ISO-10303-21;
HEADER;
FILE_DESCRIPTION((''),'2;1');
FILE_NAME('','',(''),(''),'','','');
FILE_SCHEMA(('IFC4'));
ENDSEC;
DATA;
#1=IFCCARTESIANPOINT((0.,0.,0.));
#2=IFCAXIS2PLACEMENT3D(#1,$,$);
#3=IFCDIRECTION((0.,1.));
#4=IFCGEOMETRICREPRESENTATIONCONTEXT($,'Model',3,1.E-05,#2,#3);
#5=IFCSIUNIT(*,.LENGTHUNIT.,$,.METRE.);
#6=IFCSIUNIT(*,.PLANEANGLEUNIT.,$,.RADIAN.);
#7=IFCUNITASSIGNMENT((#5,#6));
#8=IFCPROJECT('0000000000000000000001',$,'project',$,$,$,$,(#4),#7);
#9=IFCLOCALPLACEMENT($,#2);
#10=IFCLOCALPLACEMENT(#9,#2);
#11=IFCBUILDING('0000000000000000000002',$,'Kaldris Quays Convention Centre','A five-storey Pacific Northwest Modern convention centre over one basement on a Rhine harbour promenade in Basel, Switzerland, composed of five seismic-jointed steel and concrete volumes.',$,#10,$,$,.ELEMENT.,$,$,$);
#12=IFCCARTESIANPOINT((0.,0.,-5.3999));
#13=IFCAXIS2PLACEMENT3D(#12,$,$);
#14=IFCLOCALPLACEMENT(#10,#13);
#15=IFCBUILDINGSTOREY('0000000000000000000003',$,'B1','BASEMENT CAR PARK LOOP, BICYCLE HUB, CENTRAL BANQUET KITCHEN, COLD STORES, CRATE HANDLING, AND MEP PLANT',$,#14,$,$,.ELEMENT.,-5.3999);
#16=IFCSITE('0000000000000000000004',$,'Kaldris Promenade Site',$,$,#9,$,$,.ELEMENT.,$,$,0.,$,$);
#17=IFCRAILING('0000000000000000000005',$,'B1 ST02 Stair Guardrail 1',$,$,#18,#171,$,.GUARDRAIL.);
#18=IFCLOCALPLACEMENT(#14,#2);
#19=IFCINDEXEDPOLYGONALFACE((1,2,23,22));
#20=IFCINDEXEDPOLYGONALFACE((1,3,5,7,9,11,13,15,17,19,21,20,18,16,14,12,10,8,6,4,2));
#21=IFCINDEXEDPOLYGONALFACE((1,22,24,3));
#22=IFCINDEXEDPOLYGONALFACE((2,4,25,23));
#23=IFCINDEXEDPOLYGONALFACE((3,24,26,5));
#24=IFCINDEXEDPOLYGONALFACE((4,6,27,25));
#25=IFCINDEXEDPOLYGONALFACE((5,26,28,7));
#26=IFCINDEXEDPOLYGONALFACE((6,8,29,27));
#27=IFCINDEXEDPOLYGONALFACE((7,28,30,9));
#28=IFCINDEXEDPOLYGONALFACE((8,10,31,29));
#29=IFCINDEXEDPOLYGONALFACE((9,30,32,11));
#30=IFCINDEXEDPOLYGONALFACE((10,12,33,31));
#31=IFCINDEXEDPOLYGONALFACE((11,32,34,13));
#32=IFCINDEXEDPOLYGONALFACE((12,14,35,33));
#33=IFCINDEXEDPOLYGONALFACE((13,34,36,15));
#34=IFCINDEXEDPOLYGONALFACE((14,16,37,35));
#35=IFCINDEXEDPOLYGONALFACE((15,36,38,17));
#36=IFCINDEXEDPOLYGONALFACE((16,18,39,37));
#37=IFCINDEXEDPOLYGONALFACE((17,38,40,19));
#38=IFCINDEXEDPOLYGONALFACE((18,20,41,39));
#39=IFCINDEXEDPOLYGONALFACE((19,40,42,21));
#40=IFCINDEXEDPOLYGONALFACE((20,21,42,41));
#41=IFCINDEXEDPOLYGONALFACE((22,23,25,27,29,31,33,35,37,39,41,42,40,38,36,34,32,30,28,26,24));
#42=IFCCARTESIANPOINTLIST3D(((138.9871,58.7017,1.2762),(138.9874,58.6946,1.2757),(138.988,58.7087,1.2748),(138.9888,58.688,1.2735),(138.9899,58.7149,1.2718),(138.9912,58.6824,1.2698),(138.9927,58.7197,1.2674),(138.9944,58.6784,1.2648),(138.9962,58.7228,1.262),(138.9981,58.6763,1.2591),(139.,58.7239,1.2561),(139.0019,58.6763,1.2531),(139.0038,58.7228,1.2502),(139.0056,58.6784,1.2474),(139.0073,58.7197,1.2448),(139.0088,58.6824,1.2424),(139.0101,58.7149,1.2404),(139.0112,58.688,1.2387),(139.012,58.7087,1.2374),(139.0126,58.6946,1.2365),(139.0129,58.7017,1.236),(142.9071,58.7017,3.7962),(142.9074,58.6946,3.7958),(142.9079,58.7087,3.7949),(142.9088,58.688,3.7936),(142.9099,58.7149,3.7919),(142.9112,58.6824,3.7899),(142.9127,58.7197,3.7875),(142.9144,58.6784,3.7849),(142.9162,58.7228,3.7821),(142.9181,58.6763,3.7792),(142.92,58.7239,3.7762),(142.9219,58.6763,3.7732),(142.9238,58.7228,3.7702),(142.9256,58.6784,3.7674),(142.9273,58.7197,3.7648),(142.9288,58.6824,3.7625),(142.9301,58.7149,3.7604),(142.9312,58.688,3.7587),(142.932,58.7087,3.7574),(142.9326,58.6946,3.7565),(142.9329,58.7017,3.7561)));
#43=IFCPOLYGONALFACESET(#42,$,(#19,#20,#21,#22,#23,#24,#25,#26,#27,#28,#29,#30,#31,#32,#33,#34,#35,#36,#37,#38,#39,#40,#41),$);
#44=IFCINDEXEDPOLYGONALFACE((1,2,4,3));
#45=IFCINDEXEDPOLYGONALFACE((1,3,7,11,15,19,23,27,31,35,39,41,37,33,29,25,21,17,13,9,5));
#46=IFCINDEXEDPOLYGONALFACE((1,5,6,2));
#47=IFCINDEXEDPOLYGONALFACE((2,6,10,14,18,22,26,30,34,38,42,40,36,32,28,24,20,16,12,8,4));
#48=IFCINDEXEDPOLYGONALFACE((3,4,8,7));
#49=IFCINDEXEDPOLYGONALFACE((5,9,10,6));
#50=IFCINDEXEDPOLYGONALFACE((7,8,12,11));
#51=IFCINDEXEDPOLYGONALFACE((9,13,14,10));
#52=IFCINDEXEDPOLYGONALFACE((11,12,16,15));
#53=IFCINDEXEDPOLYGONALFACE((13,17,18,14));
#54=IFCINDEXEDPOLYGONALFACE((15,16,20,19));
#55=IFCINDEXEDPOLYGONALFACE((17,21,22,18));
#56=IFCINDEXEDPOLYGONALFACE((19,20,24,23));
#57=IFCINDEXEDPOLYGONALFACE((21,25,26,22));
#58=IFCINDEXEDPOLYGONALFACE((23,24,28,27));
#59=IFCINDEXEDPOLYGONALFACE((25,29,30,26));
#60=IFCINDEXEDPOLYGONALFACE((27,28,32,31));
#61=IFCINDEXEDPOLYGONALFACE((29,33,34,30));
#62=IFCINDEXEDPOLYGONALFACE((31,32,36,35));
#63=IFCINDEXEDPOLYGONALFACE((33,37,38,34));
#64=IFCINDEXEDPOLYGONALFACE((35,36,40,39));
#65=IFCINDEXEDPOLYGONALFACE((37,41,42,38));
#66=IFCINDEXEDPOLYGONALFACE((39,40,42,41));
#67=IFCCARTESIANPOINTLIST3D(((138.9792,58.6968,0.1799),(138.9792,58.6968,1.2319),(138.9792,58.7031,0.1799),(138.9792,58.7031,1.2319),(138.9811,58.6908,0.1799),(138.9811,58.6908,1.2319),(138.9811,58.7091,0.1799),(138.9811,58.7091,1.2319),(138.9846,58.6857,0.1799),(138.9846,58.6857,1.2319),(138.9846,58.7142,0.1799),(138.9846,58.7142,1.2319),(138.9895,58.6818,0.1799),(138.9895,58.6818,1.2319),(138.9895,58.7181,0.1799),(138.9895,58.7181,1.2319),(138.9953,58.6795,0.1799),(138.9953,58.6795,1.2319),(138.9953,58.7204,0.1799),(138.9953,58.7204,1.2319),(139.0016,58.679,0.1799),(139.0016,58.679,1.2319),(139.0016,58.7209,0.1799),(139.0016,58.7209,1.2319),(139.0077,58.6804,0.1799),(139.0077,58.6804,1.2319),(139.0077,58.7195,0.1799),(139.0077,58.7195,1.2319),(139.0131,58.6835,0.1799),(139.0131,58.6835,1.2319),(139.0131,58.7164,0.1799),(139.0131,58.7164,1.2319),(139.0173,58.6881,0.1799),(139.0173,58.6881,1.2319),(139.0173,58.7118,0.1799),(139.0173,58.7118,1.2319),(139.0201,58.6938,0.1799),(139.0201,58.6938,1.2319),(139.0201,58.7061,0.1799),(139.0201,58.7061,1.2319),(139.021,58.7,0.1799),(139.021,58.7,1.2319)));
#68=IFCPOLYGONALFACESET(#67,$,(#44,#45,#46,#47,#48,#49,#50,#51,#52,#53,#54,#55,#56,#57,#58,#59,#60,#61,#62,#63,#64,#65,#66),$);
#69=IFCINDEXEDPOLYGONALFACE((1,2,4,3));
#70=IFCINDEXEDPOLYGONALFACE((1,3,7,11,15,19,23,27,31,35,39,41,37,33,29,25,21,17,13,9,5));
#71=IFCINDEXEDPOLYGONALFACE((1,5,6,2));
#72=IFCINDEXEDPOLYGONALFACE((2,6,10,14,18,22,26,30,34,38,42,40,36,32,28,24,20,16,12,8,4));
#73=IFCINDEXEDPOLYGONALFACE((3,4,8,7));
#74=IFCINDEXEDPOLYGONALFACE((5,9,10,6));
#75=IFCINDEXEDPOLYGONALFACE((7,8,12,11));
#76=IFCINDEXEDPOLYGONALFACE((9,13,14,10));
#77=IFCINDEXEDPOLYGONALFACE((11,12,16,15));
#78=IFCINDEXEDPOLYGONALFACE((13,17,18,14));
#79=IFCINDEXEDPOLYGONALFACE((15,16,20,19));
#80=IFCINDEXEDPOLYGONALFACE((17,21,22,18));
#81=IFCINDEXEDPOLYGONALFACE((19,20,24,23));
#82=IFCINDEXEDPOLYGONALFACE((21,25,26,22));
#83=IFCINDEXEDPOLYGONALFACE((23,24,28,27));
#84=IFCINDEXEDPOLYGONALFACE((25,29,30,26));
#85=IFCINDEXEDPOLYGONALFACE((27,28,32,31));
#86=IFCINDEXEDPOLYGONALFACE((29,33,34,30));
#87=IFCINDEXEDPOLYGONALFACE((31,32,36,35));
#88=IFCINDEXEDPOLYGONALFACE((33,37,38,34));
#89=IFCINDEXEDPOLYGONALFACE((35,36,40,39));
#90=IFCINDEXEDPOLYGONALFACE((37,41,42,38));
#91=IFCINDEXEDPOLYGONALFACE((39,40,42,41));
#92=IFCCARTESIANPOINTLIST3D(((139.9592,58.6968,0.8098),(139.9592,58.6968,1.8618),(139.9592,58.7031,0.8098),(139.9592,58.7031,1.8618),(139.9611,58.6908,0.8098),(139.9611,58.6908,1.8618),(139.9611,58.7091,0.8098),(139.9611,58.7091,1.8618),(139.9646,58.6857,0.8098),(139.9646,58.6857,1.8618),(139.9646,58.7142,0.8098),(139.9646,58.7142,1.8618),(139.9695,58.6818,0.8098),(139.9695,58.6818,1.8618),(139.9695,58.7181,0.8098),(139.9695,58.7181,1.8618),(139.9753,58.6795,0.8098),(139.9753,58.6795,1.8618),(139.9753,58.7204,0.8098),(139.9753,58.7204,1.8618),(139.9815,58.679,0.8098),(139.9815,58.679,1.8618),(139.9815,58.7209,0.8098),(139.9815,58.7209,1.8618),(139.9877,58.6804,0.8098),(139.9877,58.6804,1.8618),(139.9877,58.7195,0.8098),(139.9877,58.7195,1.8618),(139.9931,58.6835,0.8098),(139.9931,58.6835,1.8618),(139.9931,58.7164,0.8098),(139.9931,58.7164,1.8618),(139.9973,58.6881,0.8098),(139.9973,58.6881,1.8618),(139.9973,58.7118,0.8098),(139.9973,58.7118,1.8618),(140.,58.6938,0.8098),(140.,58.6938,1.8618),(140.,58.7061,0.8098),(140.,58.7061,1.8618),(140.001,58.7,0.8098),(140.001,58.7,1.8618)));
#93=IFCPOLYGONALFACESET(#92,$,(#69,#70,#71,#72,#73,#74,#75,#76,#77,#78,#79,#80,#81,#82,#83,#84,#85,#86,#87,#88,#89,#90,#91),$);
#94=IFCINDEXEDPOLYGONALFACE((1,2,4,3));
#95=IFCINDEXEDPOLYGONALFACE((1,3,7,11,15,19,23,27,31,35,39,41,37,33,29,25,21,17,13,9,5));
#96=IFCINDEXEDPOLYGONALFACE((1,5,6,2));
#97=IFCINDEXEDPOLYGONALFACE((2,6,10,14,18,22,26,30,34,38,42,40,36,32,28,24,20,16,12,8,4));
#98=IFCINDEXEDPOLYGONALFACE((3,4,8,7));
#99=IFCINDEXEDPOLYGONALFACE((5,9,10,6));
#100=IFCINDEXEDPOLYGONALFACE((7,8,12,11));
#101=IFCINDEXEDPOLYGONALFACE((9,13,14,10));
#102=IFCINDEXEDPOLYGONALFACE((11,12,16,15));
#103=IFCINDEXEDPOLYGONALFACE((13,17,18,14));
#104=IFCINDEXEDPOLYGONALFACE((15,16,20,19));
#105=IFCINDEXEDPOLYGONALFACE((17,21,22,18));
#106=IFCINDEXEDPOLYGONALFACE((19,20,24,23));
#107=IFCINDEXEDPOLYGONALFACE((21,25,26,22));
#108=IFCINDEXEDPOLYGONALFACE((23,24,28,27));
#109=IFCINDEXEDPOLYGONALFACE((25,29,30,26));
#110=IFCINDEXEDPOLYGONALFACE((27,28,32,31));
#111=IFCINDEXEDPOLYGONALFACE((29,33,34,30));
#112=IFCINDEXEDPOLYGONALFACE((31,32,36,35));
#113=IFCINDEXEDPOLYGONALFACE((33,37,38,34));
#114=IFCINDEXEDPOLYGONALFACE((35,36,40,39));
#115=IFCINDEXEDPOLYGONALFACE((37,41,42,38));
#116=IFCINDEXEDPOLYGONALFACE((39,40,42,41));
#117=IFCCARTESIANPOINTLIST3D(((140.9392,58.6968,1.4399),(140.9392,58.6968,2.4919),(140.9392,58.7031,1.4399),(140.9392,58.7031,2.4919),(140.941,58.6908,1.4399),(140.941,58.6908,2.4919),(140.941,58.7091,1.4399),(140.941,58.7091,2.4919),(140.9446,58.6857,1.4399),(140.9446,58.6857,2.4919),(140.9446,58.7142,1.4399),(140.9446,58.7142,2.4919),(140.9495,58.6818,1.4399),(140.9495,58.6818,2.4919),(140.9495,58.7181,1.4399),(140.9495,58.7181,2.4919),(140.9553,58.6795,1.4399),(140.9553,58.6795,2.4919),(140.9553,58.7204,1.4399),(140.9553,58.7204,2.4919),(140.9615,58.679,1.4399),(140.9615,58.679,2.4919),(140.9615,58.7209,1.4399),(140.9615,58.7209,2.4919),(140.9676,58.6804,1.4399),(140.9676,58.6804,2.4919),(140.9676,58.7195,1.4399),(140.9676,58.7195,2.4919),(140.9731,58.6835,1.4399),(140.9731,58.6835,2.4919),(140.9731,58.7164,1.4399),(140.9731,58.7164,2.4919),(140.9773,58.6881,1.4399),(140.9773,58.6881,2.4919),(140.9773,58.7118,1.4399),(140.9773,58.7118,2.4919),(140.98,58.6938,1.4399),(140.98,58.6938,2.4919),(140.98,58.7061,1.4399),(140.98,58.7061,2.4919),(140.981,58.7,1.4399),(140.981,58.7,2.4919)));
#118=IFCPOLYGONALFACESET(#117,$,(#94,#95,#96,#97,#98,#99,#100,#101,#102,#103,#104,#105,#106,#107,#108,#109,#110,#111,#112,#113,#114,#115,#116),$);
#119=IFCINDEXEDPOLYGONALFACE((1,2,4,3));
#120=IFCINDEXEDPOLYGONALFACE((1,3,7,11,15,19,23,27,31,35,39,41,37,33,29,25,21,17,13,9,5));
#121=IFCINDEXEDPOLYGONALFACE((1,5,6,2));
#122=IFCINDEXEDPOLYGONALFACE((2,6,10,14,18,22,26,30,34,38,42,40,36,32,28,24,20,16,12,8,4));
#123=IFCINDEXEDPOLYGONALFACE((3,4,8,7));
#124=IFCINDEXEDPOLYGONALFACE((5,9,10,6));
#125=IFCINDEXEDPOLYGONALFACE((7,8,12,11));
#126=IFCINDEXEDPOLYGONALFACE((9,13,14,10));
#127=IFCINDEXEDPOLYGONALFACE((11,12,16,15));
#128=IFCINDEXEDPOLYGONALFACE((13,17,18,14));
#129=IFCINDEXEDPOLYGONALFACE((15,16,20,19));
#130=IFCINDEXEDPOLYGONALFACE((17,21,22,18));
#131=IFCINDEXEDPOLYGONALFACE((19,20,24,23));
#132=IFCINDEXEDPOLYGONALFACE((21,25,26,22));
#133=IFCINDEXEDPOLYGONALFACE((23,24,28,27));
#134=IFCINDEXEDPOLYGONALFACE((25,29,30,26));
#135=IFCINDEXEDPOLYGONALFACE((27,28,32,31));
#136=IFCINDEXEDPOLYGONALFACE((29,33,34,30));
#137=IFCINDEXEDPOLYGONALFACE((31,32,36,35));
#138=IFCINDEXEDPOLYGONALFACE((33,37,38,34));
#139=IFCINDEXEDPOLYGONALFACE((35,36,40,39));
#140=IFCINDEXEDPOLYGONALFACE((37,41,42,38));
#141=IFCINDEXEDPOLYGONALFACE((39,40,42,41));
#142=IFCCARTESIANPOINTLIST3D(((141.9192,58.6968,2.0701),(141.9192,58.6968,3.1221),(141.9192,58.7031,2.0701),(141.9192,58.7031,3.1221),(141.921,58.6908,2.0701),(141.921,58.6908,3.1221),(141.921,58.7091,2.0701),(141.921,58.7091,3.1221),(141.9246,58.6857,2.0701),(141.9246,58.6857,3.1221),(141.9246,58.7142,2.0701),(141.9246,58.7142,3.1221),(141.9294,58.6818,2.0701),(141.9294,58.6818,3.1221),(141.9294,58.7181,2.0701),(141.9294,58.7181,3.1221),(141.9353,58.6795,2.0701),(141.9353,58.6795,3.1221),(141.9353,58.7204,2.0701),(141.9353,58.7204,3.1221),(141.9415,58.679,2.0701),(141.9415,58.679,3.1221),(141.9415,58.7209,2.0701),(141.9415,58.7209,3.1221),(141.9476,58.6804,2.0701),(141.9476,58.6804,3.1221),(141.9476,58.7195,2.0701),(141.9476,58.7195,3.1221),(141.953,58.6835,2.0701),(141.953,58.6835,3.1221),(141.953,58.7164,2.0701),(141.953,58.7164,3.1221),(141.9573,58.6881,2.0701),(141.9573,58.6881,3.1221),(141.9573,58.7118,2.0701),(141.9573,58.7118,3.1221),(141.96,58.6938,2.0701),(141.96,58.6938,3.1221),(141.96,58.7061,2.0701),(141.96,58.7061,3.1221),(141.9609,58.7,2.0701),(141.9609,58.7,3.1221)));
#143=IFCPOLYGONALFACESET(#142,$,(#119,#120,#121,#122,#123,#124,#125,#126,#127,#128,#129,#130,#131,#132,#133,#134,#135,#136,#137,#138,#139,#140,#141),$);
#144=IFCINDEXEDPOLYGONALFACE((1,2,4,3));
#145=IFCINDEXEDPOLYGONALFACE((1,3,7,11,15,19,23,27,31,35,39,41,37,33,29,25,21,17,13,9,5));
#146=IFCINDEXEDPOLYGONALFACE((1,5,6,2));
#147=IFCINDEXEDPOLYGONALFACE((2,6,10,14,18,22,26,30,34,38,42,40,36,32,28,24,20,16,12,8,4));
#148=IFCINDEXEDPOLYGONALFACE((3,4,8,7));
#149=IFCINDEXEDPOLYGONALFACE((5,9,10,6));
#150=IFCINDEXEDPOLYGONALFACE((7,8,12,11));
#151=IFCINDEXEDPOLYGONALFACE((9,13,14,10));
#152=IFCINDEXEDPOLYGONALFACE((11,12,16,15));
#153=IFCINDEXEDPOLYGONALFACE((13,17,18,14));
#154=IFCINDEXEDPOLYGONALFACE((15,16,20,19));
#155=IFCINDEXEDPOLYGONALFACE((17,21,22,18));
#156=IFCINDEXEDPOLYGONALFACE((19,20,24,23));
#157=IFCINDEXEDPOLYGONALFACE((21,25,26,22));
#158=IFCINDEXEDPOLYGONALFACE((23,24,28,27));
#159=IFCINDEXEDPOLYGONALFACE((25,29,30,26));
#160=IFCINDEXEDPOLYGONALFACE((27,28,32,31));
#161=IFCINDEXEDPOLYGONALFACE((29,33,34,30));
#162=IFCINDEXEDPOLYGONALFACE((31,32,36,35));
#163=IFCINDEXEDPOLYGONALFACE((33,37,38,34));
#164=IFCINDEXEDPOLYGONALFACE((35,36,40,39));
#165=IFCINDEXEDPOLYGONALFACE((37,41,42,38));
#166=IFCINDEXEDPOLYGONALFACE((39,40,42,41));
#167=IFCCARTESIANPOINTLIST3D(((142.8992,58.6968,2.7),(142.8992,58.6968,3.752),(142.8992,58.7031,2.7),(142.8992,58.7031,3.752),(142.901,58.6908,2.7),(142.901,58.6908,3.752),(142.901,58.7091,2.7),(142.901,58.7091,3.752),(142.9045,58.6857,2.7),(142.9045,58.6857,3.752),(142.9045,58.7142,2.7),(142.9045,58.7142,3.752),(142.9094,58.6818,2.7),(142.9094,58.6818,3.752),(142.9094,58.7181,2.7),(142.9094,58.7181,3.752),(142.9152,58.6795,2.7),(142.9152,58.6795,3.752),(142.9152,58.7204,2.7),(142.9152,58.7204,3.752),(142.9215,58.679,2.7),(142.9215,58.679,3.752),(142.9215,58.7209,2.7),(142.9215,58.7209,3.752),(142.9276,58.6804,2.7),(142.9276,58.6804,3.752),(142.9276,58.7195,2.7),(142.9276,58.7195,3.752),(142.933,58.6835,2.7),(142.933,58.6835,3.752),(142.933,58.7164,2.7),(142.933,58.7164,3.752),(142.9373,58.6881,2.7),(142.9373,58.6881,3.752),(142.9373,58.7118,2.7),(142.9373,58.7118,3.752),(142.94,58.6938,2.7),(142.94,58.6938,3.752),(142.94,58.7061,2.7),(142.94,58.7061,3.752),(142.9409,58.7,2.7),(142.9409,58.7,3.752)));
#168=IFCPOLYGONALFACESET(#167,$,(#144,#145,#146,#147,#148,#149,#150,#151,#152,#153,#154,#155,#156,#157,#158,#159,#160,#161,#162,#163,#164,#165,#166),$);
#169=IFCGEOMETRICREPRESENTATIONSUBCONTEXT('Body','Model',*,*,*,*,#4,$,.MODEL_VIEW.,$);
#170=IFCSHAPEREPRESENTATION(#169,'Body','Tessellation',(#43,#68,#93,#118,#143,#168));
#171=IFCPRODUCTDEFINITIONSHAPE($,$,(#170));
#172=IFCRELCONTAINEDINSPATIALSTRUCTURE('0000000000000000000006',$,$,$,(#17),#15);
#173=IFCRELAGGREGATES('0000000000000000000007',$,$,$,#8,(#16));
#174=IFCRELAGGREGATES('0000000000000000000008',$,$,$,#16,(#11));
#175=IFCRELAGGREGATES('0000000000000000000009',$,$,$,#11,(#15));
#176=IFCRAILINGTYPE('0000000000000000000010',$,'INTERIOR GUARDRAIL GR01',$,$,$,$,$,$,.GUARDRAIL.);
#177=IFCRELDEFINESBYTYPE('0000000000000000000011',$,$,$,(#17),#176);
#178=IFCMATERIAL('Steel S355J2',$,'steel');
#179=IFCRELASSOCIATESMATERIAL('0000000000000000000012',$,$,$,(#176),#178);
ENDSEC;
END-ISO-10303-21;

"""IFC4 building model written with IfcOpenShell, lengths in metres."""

from ifc_helpers import new_model, si_unit, direction, frame, origin, origin_2d, place, context, subcontext, project, spatial, circle, extrude, material, type_object, element, save


model = new_model("IFC4")

# Units and contexts
model_context = context("Model", 3, precision=1e-05, world=origin(), true_north=direction((0.0, 1.0)))
body_context = subcontext(model_context, "Body", "Model", "MODEL_VIEW")
ifc_project = project(units=[si_unit("LENGTHUNIT", "METRE"), si_unit("PLANEANGLEUNIT", "RADIAN")], contexts=[model_context])

# Site, building, storey
site_placement = place(None, origin())
site = spatial("IfcSite", under=ifc_project, at=site_placement, Name="Kaldris Promenade Site", CompositionType="ELEMENT", RefElevation=0.0)
building_placement = place(site_placement, origin())
building = spatial("IfcBuilding", under=site, at=building_placement, Name="Kaldris Quays Convention Centre", Description="A five-storey Pacific Northwest Modern convention centre over one basement on a Rhine harbour promenade in Basel, Switzerland, composed of five seismic-jointed steel and concrete volumes.", CompositionType="ELEMENT")
storey_placement = place(building_placement, frame((0.0, 0.0, -5.3999)))
storey = spatial("IfcBuildingStorey", under=building, at=storey_placement, Name="B1", Description="BASEMENT CAR PARK LOOP, BICYCLE HUB, CENTRAL BANQUET KITCHEN, COLD STORES, CRATE HANDLING, AND MEP PLANT", CompositionType="ELEMENT", Elevation=-5.3999)

# Shared definitions
ifc_material_1 = material(Name="Steel S355J2", Category="steel")

# Railing
railing_type_1 = type_object("IfcRailingType", Name="INTERIOR GUARDRAIL GR01", PredefinedType="GUARDRAIL", material=ifc_material_1)
railing_1_placement = place(storey_placement, frame((139.0, 58.7, 0.1799)))
element("IfcRailing", 1, at=railing_1_placement, inside=storey, type_object=railing_type_1, Name="B1 ST02 Stair Guardrail 1", PredefinedType="GUARDRAIL", context=body_context, shape_type="SweptSolid", body=[
    extrude(circle(Radius=0.0239, at=origin_2d()), frame((0.0, 0.0, 1.0762), z_axis=(0.841172, 0.0, 0.540768), x_axis=(0.0, 1.0, 0.0)), (0.0, 0.0, 1.0), 4.6602),
    extrude(circle(Radius=0.021, at=origin_2d()), origin(), (0.0, 0.0, 1.0), 1.052),
    extrude(circle(Radius=0.021, at=origin_2d()), frame((0.98, 0.0, 0.6299)), (0.0, 0.0, 1.0), 1.052),
    extrude(circle(Radius=0.021, at=origin_2d()), frame((1.96, 0.0, 1.26)), (0.0, 0.0, 1.0), 1.052),
    extrude(circle(Radius=0.021, at=origin_2d()), frame((2.9399, 0.0, 1.8901)), (0.0, 0.0, 1.0), 1.052),
    extrude(circle(Radius=0.021, at=origin_2d()), frame((3.9199, 0.0, 2.52)), (0.0, 0.0, 1.0), 1.052),
])

save(model, "model.ifc")
